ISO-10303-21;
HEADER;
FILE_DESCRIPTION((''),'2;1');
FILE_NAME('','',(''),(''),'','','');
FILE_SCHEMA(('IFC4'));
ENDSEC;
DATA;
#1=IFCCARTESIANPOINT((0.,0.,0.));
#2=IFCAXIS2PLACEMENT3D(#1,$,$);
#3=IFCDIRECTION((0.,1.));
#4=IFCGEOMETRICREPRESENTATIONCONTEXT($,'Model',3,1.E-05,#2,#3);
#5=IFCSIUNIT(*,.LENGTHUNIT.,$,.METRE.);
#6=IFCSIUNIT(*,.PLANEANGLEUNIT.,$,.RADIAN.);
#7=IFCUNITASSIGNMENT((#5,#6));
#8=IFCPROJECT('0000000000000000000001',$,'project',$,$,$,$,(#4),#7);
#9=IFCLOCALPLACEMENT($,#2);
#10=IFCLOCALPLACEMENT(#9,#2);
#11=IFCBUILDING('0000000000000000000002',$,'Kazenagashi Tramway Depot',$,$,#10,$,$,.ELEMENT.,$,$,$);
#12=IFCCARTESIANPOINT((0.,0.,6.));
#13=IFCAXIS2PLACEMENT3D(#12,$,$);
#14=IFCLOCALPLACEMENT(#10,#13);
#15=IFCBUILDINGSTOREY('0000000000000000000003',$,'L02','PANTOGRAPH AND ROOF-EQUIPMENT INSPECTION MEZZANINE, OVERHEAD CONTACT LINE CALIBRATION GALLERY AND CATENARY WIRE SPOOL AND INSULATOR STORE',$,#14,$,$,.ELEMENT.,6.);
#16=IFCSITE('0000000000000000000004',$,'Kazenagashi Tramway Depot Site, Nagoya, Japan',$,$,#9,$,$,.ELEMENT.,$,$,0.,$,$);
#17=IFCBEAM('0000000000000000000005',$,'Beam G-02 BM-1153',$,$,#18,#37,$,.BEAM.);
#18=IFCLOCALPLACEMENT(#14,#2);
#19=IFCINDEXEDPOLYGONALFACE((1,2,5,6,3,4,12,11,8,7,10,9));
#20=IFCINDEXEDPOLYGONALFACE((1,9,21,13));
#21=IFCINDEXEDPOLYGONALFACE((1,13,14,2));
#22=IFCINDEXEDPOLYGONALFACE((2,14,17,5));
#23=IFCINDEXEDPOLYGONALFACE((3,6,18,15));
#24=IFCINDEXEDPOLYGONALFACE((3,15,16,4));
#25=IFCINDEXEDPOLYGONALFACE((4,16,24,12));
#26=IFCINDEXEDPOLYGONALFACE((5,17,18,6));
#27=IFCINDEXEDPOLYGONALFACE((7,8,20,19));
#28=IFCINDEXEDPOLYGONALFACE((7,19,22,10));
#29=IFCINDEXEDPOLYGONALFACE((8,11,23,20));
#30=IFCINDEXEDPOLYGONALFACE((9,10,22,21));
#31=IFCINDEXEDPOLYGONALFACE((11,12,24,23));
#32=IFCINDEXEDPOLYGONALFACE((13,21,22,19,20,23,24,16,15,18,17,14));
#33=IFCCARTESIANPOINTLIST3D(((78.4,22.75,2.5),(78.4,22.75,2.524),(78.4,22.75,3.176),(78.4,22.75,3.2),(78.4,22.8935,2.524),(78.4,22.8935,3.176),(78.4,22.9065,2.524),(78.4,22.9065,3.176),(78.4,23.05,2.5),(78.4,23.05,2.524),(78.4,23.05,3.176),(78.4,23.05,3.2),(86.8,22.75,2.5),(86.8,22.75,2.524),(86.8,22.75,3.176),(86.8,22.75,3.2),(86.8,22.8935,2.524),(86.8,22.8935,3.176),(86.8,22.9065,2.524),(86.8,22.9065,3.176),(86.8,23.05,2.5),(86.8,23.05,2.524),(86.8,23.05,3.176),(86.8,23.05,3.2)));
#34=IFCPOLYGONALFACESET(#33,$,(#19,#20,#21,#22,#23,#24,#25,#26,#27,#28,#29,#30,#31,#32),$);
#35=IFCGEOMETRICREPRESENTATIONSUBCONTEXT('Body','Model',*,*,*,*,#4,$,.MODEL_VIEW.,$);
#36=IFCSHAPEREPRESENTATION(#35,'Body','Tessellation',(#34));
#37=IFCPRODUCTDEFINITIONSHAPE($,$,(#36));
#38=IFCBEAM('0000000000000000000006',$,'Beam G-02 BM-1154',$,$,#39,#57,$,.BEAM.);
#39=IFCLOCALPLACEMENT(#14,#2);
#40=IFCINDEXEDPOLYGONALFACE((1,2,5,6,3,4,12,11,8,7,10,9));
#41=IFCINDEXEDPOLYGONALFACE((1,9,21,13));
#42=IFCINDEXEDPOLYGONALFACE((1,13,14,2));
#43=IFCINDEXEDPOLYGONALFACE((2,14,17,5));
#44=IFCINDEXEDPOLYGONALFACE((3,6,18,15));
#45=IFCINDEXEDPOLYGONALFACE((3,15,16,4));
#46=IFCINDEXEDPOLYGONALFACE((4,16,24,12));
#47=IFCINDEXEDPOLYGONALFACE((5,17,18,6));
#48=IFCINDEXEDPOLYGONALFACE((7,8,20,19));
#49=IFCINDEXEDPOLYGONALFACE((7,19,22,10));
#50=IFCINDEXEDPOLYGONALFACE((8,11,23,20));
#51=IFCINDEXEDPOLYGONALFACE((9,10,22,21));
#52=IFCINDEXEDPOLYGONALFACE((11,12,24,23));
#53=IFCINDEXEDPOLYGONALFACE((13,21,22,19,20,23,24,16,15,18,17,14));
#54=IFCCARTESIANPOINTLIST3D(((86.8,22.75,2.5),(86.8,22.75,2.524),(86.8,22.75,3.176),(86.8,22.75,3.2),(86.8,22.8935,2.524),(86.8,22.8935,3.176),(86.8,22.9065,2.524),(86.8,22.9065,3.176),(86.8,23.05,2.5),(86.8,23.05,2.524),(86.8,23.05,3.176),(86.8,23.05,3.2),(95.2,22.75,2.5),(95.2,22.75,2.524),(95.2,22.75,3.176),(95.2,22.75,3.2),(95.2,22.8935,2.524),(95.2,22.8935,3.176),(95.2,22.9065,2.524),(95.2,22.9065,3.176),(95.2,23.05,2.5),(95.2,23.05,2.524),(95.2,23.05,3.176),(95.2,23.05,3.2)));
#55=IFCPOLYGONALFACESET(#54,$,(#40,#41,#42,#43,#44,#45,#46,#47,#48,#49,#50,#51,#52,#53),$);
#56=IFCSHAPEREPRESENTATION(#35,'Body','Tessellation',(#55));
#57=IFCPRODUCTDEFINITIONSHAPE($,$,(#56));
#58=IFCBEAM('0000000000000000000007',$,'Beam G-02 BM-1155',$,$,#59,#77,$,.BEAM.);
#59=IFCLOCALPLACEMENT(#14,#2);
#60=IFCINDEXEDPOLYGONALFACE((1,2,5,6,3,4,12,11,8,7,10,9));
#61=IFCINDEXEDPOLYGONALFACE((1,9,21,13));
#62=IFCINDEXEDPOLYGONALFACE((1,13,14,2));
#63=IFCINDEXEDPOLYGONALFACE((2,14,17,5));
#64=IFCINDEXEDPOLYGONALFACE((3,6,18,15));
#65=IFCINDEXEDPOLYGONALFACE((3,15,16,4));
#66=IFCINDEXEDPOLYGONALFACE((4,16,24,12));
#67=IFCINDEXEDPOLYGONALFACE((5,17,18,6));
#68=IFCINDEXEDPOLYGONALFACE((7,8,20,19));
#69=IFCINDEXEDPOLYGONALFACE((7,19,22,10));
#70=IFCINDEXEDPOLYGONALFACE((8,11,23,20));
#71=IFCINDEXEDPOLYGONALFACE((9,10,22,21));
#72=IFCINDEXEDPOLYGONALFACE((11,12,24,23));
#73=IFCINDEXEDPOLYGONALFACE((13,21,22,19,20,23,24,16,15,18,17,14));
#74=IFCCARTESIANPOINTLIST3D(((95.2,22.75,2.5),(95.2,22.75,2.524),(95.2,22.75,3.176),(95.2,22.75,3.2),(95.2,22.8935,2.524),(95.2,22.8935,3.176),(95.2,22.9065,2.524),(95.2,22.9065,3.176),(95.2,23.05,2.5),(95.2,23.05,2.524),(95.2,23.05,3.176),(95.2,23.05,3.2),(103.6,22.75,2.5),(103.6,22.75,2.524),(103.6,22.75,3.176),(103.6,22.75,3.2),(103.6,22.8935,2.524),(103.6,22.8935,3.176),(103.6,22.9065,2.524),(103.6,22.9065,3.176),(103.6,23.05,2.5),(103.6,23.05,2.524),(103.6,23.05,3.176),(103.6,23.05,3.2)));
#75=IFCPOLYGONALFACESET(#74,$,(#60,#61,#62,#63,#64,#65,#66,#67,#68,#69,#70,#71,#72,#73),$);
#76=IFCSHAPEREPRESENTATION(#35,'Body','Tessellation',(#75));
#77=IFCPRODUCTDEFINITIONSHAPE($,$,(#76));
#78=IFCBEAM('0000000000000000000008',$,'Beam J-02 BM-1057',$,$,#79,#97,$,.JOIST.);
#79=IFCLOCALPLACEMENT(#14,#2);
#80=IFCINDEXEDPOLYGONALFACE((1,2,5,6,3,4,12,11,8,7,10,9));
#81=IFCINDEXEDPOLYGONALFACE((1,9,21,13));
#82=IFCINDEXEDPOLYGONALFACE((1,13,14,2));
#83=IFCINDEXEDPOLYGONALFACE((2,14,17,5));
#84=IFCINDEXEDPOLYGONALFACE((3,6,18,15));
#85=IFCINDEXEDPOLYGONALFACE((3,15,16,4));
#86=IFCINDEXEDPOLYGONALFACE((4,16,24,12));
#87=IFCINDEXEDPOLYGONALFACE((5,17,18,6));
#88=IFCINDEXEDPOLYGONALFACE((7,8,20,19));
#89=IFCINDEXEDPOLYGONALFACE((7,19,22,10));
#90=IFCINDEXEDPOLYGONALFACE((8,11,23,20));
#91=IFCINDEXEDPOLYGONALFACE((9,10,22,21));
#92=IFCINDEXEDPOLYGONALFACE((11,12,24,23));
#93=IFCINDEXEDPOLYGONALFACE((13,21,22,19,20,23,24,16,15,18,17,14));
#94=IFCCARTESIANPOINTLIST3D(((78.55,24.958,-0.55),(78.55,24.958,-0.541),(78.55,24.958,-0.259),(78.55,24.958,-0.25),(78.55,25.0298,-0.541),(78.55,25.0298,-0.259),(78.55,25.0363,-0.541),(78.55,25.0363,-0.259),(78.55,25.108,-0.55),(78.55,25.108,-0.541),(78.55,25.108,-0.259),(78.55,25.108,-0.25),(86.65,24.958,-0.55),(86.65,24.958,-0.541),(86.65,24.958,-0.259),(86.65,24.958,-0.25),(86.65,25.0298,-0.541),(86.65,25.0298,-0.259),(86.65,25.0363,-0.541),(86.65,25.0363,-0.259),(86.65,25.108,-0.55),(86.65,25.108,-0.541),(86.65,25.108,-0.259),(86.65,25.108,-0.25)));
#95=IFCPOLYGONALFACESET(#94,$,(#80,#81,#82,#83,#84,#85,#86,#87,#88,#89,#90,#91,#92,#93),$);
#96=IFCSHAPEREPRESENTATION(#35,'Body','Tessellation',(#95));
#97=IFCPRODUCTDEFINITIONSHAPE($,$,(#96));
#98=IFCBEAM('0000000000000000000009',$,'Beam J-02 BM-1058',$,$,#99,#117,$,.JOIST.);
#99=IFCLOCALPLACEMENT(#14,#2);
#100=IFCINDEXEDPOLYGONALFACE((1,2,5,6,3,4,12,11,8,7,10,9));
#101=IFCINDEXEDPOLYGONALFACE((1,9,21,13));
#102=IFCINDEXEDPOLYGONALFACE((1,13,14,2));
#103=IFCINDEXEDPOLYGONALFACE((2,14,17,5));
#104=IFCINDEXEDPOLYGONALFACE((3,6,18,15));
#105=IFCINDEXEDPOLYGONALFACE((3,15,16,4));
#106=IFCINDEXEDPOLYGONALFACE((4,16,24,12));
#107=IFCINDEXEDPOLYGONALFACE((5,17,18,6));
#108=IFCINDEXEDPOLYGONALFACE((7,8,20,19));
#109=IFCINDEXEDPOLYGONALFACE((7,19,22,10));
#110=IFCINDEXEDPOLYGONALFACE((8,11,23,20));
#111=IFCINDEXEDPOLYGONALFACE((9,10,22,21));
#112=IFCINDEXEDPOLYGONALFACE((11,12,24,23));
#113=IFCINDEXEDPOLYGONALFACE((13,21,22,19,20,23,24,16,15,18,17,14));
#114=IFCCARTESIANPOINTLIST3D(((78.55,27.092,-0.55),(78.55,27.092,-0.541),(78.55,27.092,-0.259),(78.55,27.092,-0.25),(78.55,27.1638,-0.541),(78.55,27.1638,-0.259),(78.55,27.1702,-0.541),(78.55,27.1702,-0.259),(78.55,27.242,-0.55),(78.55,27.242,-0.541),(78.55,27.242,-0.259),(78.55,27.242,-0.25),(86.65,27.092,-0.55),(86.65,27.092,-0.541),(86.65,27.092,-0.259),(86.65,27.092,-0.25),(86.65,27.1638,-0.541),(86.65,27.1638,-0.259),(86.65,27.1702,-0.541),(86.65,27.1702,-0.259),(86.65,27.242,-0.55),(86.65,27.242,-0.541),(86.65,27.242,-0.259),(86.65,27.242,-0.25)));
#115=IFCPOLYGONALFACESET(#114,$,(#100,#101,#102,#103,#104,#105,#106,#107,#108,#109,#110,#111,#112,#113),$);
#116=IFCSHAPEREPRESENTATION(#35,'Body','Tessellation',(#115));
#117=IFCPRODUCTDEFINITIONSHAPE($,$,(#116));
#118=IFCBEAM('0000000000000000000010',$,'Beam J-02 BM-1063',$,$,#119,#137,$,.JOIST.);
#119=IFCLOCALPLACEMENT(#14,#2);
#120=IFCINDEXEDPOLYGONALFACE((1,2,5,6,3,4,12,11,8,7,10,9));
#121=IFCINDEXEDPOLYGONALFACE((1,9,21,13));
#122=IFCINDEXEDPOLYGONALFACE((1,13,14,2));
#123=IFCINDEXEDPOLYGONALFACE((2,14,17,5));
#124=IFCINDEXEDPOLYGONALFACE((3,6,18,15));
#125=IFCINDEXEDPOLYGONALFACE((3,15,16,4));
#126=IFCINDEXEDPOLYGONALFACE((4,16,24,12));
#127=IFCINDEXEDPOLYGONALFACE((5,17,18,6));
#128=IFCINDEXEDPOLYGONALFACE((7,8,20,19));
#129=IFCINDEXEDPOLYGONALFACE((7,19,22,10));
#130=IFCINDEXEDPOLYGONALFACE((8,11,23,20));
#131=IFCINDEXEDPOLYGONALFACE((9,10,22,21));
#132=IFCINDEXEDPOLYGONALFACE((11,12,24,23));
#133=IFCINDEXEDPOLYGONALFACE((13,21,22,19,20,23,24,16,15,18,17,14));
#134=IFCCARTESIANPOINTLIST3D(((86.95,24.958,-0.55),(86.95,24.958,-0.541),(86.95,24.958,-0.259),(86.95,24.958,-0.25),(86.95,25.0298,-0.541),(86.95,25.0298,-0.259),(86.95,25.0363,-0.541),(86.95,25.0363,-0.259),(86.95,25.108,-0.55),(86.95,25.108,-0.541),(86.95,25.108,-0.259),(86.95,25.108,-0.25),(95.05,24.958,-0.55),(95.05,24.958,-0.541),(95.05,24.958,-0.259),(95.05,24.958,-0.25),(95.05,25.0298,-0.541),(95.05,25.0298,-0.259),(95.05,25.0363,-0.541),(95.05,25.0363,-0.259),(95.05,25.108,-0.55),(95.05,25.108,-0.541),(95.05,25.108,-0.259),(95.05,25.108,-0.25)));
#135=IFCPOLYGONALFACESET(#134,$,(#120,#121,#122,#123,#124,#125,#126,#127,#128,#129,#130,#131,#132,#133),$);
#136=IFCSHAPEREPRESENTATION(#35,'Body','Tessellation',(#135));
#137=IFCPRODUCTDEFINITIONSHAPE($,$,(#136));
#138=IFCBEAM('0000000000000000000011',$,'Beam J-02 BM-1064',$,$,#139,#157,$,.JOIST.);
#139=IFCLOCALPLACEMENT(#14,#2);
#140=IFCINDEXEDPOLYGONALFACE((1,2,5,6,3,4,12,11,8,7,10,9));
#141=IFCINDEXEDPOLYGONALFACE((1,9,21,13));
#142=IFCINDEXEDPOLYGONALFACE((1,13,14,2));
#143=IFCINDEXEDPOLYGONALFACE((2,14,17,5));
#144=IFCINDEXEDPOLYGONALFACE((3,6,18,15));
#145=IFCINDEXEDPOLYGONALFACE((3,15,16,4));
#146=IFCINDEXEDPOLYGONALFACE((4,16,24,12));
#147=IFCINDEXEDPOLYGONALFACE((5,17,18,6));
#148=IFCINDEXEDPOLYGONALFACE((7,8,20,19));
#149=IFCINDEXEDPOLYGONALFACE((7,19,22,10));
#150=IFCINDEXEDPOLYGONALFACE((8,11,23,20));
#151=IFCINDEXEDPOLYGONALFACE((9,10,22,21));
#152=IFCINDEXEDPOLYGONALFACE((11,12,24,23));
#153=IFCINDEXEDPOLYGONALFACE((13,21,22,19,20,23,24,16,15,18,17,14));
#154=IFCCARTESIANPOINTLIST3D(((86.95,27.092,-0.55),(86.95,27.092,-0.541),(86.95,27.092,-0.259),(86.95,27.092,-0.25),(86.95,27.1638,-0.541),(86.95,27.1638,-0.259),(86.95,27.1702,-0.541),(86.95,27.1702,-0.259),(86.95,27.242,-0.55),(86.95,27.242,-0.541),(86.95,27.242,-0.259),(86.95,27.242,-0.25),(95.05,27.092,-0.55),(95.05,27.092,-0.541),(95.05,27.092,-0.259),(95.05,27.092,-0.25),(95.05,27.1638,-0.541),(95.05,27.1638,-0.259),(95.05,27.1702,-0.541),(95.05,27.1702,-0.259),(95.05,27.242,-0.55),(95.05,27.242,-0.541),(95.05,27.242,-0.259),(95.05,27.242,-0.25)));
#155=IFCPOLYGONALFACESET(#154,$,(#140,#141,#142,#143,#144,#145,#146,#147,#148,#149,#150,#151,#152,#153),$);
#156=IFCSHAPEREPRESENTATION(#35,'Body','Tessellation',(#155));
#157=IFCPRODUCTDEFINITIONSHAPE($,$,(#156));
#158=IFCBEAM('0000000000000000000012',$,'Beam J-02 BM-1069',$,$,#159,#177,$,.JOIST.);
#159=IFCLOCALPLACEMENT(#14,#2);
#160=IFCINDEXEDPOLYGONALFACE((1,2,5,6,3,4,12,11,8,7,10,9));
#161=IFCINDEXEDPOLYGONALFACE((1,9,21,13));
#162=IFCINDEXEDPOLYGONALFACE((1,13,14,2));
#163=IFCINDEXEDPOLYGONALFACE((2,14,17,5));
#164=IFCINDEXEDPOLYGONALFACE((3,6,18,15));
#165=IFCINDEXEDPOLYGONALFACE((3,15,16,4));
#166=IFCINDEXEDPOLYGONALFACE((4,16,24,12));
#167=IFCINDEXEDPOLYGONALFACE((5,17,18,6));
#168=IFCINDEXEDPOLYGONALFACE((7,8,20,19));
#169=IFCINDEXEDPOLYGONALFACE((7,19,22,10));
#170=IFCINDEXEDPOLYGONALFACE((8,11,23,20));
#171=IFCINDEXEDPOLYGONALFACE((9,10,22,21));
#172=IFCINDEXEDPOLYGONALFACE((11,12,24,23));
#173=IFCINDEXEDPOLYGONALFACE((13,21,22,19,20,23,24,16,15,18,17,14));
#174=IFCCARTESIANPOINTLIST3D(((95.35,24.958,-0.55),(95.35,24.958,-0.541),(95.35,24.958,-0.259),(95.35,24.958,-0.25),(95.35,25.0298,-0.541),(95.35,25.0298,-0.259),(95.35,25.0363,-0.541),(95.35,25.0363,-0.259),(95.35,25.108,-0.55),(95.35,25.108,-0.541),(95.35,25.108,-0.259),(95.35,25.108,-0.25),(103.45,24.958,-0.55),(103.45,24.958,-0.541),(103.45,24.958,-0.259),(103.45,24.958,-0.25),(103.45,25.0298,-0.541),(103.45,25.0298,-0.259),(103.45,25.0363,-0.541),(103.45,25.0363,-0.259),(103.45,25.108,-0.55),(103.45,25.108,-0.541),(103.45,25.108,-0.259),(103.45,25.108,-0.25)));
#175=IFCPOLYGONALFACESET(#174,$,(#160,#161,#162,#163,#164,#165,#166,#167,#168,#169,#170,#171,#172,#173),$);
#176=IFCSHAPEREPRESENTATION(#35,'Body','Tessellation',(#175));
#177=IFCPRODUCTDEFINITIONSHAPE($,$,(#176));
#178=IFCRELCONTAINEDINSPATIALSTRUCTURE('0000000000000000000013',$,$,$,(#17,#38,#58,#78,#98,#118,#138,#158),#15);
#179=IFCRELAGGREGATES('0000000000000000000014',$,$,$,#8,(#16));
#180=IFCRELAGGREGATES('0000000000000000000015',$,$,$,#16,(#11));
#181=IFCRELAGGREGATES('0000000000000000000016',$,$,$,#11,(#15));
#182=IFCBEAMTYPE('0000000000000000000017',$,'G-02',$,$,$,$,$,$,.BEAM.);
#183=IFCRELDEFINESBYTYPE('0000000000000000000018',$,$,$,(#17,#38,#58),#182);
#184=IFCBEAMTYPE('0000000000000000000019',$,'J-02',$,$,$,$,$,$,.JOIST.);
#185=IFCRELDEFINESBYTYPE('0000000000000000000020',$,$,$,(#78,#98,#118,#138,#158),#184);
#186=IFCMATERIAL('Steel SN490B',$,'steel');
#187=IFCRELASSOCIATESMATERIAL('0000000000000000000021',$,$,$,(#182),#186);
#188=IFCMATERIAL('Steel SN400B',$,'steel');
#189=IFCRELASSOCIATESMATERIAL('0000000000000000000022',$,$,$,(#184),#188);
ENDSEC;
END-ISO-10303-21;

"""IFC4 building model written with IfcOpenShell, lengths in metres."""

from ifc_helpers import new_model, si_unit, direction, frame, origin, origin_2d, place, context, subcontext, project, spatial, i_section, extrude, material, material_profile, profile_set, type_object, element, save


model = new_model("IFC4")

# Units and contexts
model_context = context("Model", 3, precision=1e-05, world=origin(), true_north=direction((0.0, 1.0)))
body_context = subcontext(model_context, "Body", "Model", "MODEL_VIEW")
ifc_project = project(units=[si_unit("LENGTHUNIT", "METRE"), si_unit("PLANEANGLEUNIT", "RADIAN")], contexts=[model_context])

# Site, building, storey
site_placement = place(None, origin())
site = spatial("IfcSite", under=ifc_project, at=site_placement, Name="Kazenagashi Tramway Depot Site, Nagoya, Japan", CompositionType="ELEMENT", RefElevation=0.0)
building_placement = place(site_placement, origin())
building = spatial("IfcBuilding", under=site, at=building_placement, Name="Kazenagashi Tramway Depot", CompositionType="ELEMENT")
storey_placement = place(building_placement, frame((0.0, 0.0, 6.0)))
storey = spatial("IfcBuildingStorey", under=building, at=storey_placement, Name="L02", Description="PANTOGRAPH AND ROOF-EQUIPMENT INSPECTION MEZZANINE, OVERHEAD CONTACT LINE CALIBRATION GALLERY AND CATENARY WIRE SPOOL AND INSULATOR STORE", CompositionType="ELEMENT", Elevation=6.0)

# Shared definitions
ifc_material_1 = material(Name="Steel SN490B", Category="steel")

# Beams
ifc_material_profile_1 = material_profile(ifc_material_1, i_section(OverallWidth=0.3, OverallDepth=0.7, WebThickness=0.013, FlangeThickness=0.024, at=origin_2d()), Name="H-700x300x13x24")
ifc_profile_set_1 = profile_set([ifc_material_profile_1], Name="Steel SN490B")
beam_type_1 = type_object("IfcBeamType", Name="G-02", PredefinedType="BEAM", material=ifc_profile_set_1)
for number, where, z_axis, x_axis, name in (
    (1, (78.4, 22.9, 2.85), (1.0, 0.0, 0.0), (0.0, 1.0, 0.0), "Beam G-02 BM-1153"),
    (2, (86.8, 22.9, 2.85), (1.0, 0.0, 0.0), (0.0, 1.0, 0.0), "Beam G-02 BM-1154"),
    (3, (95.2, 22.9, 2.85), (1.0, 0.0, 0.0), (0.0, 1.0, 0.0), "Beam G-02 BM-1155"),
):
    element("IfcBeam", number, at=place(storey_placement, frame(where, z_axis=z_axis, x_axis=x_axis)), inside=storey, type_object=beam_type_1, Name=name, PredefinedType="BEAM", context=body_context, shape_type="SweptSolid", body=[
        extrude(i_section(OverallWidth=0.3, OverallDepth=0.7, WebThickness=0.013, FlangeThickness=0.024, at=origin_2d()), origin(), (0.0, 0.0, 1.0), 8.4),
    ])
ifc_material_2 = material(Name="Steel SN400B", Category="steel")
ifc_material_profile_2 = material_profile(ifc_material_2, i_section(OverallWidth=0.15, OverallDepth=0.3, WebThickness=0.0065, FlangeThickness=0.009, at=origin_2d()), Name="H-300x150x6.5x9")
ifc_profile_set_2 = profile_set([ifc_material_profile_2], Name="Steel SN400B")
beam_type_2 = type_object("IfcBeamType", Name="J-02", PredefinedType="JOIST", material=ifc_profile_set_2)
for number, where, z_axis, x_axis, name in (
    (4, (78.55, 25.033, -0.4), (1.0, 0.0, 0.0), (0.0, 1.0, 0.0), "Beam J-02 BM-1057"),
    (5, (78.55, 27.167, -0.4), (1.0, 0.0, 0.0), (0.0, 1.0, 0.0), "Beam J-02 BM-1058"),
    (6, (86.95, 25.033, -0.4), (1.0, 0.0, 0.0), (0.0, 1.0, 0.0), "Beam J-02 BM-1063"),
    (7, (86.95, 27.167, -0.4), (1.0, 0.0, 0.0), (0.0, 1.0, 0.0), "Beam J-02 BM-1064"),
    (8, (95.35, 25.033, -0.4), (1.0, 0.0, 0.0), (0.0, 1.0, 0.0), "Beam J-02 BM-1069"),
):
    element("IfcBeam", number, at=place(storey_placement, frame(where, z_axis=z_axis, x_axis=x_axis)), inside=storey, type_object=beam_type_2, Name=name, PredefinedType="JOIST", context=body_context, shape_type="SweptSolid", body=[
        extrude(i_section(OverallWidth=0.15, OverallDepth=0.3, WebThickness=0.0065, FlangeThickness=0.009, at=origin_2d()), origin(), (0.0, 0.0, 1.0), 8.1),
    ])

save(model, "model.ifc")
